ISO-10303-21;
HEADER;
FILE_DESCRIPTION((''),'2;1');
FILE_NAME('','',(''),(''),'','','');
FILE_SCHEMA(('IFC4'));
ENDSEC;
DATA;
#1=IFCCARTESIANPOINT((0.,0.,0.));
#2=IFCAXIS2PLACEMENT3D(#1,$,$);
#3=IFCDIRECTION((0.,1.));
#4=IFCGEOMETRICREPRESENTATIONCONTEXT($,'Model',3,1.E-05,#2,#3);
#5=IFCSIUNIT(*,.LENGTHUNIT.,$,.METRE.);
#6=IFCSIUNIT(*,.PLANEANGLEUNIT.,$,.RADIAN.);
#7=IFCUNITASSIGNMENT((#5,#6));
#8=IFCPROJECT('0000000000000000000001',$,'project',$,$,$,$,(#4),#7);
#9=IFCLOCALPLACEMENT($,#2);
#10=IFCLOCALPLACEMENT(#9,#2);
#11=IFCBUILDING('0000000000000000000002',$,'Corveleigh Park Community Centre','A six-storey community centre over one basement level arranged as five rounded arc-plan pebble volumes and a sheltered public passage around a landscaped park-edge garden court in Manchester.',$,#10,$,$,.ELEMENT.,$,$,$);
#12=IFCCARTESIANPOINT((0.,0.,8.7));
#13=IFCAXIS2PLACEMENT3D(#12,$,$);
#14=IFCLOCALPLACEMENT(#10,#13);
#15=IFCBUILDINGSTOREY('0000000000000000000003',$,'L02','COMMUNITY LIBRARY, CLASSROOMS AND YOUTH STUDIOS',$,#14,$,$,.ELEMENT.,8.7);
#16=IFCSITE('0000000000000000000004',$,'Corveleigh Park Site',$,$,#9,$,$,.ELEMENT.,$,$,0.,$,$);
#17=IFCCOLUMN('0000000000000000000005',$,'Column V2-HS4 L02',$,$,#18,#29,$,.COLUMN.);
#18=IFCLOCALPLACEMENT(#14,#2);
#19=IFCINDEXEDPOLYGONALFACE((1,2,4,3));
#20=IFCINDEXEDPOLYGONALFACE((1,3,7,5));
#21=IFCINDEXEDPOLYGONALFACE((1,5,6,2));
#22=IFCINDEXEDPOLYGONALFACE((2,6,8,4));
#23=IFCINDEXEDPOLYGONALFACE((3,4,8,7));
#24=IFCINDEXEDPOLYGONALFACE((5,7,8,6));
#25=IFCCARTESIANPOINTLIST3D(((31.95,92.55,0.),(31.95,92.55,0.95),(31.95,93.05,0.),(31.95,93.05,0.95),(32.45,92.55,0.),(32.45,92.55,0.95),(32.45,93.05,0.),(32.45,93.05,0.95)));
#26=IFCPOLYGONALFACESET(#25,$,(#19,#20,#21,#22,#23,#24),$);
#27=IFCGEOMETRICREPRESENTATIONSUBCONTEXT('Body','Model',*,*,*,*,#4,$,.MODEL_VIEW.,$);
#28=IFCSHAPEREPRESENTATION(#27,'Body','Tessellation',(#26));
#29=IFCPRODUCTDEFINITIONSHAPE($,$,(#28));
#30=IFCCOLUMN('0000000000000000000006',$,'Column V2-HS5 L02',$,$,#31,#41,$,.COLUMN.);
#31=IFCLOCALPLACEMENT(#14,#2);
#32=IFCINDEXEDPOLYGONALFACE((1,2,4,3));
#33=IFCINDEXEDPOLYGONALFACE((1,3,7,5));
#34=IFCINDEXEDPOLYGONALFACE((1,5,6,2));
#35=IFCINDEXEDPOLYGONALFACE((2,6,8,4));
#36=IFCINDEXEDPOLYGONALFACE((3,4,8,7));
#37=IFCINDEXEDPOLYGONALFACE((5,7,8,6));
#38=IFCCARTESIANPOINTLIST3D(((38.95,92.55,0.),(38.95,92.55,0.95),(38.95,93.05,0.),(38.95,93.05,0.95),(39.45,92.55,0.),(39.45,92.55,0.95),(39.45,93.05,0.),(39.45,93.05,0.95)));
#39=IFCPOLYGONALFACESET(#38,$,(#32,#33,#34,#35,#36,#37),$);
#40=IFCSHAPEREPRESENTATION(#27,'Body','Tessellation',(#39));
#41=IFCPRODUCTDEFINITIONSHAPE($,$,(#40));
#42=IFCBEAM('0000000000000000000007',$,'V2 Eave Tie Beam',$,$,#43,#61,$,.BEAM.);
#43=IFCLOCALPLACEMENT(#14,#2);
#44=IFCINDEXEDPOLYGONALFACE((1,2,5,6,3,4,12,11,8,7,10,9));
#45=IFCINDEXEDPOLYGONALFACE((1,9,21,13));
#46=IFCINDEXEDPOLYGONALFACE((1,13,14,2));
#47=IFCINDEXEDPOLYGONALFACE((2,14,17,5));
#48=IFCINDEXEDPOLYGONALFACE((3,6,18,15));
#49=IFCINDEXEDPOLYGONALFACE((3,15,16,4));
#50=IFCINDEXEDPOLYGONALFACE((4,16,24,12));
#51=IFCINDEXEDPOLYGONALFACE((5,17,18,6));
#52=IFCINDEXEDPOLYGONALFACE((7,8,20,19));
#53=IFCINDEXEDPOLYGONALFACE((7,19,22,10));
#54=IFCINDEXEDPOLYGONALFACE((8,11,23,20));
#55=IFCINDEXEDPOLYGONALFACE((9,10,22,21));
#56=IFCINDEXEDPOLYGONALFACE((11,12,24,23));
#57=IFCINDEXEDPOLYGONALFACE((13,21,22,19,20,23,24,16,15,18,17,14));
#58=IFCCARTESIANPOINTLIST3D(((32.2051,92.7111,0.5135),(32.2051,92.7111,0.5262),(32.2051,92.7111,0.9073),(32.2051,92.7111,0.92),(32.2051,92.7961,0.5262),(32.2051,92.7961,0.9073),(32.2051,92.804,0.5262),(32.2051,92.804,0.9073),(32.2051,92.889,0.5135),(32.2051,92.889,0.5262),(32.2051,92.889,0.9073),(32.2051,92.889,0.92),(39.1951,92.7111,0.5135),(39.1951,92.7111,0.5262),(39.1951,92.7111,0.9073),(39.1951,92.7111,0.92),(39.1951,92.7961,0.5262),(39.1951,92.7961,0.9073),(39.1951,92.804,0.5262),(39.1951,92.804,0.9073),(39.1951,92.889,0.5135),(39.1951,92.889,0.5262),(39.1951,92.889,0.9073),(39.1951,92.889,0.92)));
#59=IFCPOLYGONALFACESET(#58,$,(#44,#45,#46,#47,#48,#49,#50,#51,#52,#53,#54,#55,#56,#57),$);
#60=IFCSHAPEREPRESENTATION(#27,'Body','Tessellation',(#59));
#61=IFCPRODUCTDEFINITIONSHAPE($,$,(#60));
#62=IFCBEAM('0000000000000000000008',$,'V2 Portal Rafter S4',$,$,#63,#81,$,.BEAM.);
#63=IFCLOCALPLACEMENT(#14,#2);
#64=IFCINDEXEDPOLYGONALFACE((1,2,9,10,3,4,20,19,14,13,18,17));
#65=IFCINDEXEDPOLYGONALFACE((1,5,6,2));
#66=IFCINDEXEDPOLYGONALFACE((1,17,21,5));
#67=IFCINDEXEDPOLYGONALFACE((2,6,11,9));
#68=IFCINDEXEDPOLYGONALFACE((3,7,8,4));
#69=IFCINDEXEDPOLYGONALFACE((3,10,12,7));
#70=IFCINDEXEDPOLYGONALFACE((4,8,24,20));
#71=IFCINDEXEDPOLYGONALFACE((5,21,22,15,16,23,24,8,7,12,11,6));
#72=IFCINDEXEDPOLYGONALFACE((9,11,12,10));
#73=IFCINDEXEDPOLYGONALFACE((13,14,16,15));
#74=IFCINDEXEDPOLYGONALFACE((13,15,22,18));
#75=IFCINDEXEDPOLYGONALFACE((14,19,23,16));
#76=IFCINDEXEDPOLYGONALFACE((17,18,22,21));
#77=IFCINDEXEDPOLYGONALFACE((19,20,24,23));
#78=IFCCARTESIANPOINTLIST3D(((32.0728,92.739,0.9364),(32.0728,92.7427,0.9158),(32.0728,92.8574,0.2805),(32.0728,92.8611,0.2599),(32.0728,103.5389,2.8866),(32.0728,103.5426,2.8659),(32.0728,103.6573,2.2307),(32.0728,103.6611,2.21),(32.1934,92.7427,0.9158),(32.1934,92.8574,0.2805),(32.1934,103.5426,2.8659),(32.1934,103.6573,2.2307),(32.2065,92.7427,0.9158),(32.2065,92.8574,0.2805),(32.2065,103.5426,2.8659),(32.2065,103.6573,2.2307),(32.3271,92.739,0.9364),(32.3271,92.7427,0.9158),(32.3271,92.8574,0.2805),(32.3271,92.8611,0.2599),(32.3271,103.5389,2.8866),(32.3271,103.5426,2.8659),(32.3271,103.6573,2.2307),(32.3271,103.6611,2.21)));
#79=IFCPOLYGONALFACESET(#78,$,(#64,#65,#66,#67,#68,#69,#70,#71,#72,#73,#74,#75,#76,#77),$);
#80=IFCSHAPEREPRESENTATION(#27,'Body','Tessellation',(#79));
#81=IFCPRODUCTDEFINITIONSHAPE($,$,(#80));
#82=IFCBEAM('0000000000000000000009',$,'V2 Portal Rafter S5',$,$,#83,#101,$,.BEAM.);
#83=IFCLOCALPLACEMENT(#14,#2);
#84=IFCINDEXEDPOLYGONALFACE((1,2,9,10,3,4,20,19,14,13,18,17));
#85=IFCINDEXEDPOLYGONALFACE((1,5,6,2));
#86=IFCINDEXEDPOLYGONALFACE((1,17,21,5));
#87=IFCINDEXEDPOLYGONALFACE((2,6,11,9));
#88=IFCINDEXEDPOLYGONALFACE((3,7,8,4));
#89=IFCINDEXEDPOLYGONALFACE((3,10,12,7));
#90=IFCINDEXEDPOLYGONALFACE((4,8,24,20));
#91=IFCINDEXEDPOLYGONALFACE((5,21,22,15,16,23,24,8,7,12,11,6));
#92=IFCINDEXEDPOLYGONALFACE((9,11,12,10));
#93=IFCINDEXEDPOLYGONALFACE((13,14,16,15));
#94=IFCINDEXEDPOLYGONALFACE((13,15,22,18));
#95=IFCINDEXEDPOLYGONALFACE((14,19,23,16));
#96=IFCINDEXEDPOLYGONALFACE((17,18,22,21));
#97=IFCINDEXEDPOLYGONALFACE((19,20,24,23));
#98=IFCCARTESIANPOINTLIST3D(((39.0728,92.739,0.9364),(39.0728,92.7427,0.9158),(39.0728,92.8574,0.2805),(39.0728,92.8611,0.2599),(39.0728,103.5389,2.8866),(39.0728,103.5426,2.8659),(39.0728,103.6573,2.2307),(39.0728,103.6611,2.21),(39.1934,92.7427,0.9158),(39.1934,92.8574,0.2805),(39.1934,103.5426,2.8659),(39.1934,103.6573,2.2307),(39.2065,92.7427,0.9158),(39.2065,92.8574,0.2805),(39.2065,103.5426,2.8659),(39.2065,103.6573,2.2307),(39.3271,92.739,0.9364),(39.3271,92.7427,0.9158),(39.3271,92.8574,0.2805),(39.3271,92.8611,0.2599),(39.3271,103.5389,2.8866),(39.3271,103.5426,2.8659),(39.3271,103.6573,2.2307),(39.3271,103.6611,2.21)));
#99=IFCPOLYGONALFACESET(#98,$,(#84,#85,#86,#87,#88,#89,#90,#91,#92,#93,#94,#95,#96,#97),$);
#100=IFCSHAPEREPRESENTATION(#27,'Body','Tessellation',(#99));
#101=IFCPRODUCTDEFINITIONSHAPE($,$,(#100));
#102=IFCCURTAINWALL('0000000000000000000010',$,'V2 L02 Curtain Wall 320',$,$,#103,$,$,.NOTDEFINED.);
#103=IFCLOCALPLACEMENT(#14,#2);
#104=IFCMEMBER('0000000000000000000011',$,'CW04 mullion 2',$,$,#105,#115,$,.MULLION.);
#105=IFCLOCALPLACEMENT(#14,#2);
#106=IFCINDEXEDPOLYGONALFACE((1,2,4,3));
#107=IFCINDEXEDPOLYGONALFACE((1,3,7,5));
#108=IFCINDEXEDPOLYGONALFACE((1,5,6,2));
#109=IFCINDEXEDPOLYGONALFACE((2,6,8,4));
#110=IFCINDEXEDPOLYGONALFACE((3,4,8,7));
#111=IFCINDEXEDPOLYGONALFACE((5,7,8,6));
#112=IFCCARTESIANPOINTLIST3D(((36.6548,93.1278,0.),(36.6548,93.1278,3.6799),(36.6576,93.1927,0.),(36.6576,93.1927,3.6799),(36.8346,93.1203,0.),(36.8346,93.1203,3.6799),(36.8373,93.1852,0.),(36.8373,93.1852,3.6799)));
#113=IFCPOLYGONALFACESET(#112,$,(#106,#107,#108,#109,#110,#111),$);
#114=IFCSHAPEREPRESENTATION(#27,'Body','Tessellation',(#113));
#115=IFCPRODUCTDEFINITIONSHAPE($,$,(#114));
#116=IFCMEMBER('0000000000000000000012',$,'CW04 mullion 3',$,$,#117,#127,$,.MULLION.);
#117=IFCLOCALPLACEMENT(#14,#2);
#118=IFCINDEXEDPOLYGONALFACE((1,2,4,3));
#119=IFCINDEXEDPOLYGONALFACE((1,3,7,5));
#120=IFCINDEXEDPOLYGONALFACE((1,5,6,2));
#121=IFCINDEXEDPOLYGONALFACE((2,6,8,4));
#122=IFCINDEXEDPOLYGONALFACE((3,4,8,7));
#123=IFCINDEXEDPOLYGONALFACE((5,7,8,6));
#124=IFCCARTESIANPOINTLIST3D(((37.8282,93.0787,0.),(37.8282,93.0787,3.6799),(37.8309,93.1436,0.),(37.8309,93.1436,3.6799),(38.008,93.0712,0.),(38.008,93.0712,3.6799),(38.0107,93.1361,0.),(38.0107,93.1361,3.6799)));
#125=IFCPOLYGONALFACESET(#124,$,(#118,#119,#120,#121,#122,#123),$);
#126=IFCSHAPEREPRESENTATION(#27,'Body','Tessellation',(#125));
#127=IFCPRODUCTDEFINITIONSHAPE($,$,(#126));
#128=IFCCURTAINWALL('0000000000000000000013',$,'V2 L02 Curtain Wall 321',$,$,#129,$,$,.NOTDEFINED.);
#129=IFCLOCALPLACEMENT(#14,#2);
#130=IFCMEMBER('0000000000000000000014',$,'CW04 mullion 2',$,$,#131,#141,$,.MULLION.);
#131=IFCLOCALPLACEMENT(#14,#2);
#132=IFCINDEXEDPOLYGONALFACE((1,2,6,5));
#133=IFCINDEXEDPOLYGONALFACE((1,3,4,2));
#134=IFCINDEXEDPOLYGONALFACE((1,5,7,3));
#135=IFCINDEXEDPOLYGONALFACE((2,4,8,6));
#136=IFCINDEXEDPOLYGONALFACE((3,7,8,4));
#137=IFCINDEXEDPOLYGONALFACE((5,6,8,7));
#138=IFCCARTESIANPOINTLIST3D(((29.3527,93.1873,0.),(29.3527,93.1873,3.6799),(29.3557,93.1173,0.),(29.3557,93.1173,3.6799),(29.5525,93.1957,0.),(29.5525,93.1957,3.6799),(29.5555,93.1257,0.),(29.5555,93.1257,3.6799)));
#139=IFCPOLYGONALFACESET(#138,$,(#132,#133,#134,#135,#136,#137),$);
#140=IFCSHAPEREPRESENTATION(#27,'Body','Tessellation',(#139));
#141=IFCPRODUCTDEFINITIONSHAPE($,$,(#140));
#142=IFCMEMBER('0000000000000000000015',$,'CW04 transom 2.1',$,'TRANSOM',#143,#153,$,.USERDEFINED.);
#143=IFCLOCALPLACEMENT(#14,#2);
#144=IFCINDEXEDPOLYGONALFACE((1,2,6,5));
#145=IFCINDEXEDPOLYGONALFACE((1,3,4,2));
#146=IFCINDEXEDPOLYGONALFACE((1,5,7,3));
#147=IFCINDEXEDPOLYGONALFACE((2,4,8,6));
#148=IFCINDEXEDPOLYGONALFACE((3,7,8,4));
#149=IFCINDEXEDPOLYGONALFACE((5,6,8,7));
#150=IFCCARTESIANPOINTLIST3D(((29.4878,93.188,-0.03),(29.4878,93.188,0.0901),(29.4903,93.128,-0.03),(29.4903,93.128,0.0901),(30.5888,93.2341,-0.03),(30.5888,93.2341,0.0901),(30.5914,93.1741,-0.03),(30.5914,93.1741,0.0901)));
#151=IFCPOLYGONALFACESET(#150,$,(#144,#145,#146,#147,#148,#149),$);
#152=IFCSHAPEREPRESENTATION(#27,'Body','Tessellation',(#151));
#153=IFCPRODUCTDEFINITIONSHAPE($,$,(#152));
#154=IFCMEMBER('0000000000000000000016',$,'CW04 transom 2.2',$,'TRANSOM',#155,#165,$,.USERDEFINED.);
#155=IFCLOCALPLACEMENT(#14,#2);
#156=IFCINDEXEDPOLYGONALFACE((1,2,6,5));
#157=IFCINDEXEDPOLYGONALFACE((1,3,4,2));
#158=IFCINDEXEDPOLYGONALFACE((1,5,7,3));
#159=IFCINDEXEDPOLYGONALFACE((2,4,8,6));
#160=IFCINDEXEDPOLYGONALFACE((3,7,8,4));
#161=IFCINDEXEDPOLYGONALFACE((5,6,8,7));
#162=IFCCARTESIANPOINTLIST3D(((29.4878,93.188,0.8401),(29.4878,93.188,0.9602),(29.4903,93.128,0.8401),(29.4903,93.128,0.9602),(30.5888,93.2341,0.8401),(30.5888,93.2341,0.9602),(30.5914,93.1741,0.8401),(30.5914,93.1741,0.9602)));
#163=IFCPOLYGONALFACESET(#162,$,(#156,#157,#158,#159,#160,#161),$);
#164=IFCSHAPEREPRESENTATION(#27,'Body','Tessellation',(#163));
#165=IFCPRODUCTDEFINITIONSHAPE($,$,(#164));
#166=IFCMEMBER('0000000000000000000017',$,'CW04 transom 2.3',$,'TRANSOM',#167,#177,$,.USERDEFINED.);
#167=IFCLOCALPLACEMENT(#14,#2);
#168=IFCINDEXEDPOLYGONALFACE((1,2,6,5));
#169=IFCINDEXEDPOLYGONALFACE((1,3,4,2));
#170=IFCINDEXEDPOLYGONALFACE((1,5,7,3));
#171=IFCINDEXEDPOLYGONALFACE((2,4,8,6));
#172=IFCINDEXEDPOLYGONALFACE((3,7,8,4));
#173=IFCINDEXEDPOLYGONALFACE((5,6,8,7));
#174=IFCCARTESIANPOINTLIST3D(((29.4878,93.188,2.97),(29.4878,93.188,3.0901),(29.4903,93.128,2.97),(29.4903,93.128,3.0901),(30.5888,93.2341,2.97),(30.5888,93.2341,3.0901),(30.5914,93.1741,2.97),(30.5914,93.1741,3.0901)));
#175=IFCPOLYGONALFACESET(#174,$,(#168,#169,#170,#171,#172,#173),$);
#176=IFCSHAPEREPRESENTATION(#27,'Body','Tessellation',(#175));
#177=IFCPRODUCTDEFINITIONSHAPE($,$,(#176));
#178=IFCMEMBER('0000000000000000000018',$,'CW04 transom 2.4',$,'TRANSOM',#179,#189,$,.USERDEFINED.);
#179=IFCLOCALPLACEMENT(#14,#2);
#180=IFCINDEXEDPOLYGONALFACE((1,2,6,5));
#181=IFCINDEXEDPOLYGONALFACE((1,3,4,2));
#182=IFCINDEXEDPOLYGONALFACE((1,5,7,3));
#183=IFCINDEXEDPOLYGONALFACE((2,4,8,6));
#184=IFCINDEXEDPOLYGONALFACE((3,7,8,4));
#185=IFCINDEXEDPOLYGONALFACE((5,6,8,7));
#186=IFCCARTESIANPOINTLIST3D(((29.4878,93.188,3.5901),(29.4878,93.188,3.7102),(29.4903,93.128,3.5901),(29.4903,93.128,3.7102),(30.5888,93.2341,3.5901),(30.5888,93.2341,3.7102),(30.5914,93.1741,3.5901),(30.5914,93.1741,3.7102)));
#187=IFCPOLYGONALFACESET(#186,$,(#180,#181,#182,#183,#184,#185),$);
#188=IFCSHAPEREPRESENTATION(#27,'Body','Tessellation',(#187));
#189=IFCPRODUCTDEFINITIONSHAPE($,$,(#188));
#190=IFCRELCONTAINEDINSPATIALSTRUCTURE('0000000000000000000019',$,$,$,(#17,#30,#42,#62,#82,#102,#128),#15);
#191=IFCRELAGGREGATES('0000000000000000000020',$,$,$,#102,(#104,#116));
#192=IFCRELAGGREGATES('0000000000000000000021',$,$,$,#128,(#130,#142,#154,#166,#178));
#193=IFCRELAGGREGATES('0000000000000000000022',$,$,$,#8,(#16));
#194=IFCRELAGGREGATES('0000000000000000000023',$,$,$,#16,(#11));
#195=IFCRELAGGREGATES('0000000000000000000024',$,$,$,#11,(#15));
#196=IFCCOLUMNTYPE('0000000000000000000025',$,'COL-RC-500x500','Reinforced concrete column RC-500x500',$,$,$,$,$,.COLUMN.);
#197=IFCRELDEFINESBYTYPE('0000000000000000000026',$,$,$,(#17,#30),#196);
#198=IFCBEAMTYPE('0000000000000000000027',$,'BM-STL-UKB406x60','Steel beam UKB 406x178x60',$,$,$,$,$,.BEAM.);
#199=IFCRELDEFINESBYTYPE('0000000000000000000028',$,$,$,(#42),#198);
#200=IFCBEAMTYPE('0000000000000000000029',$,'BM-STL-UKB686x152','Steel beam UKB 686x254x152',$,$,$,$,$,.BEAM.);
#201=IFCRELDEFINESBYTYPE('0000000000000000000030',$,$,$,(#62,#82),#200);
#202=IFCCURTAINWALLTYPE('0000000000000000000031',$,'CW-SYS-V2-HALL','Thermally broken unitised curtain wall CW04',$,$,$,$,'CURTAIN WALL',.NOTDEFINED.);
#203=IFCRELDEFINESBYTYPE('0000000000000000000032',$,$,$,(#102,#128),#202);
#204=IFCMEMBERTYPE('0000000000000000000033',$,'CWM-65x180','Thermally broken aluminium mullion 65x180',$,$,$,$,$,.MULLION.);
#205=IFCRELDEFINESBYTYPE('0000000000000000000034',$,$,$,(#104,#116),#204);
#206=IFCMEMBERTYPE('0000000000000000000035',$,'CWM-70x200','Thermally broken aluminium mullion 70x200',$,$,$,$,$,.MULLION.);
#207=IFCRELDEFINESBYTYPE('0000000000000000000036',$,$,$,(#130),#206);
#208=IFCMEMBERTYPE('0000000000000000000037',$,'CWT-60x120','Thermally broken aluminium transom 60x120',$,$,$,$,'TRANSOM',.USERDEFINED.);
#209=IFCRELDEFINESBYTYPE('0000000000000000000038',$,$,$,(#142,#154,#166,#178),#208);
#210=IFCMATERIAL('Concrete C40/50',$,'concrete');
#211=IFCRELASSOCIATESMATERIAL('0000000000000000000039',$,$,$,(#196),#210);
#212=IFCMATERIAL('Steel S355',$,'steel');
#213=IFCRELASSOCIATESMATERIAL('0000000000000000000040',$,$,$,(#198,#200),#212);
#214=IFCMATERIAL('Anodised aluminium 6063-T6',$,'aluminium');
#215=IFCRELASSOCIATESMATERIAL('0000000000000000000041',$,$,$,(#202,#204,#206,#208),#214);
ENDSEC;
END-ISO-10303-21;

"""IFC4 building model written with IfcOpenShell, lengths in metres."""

from ifc_helpers import new_model, si_unit, direction, frame, origin, origin_2d, place, context, subcontext, project, spatial, rectangle, i_section, extrude, material, material_profile, profile_set, type_object, element, aggregate, save


model = new_model("IFC4")

# Units and contexts
model_context = context("Model", 3, precision=1e-05, world=origin(), true_north=direction((0.0, 1.0)))
body_context = subcontext(model_context, "Body", "Model", "MODEL_VIEW")
ifc_project = project(units=[si_unit("LENGTHUNIT", "METRE"), si_unit("PLANEANGLEUNIT", "RADIAN")], contexts=[model_context])

# Site, building, storey
site_placement = place(None, origin())
site = spatial("IfcSite", under=ifc_project, at=site_placement, Name="Corveleigh Park Site", CompositionType="ELEMENT", RefElevation=0.0)
building_placement = place(site_placement, origin())
building = spatial("IfcBuilding", under=site, at=building_placement, Name="Corveleigh Park Community Centre", Description="A six-storey community centre over one basement level arranged as five rounded arc-plan pebble volumes and a sheltered public passage around a landscaped park-edge garden court in Manchester.", CompositionType="ELEMENT")
storey_placement = place(building_placement, frame((0.0, 0.0, 8.7)))
storey = spatial("IfcBuildingStorey", under=building, at=storey_placement, Name="L02", Description="COMMUNITY LIBRARY, CLASSROOMS AND YOUTH STUDIOS", CompositionType="ELEMENT", Elevation=8.7)

# Columns
ifc_material_1 = material(Name="Concrete C40/50", Category="concrete")
ifc_material_profile_1 = material_profile(ifc_material_1, rectangle(XDim=0.5, YDim=0.5, at=origin_2d()), Name="RC-500x500", Category="concrete")
ifc_profile_set_1 = profile_set([ifc_material_profile_1], Name="Concrete C40/50")
column_type = type_object("IfcColumnType", Name="COL-RC-500x500", Description="Reinforced concrete column RC-500x500", PredefinedType="COLUMN", material=ifc_profile_set_1)
for number, where, z_axis, x_axis, name in (
    (1, (32.2, 92.8, 0.0), (0.0, 0.0, 1.0), (1.0, 0.0, 0.0), "Column V2-HS4 L02"),
    (2, (39.2, 92.8, 0.0), (0.0, 0.0, 1.0), (1.0, 0.0, 0.0), "Column V2-HS5 L02"),
):
    element("IfcColumn", number, at=place(storey_placement, frame(where, z_axis=z_axis, x_axis=x_axis)), inside=storey, type_object=column_type, Name=name, PredefinedType="COLUMN", context=body_context, shape_type="SweptSolid", body=[
        extrude(rectangle(XDim=0.5, YDim=0.5, at=origin_2d()), origin(), (0.0, 0.0, 1.0), 0.95),
    ])

# Beams
ifc_material_2 = material(Name="Steel S355", Category="steel")
ifc_material_profile_2 = material_profile(ifc_material_2, i_section(OverallWidth=0.178, OverallDepth=0.4065, WebThickness=0.0078, FlangeThickness=0.0127, at=origin_2d()), Name="UKB 406x178x60", Category="steel")
ifc_profile_set_2 = profile_set([ifc_material_profile_2], Name="Steel S355")
beam_type_1 = type_object("IfcBeamType", Name="BM-STL-UKB406x60", Description="Steel beam UKB 406x178x60", PredefinedType="BEAM", material=ifc_profile_set_2)
beam_placement = place(storey_placement, frame((32.2051, 92.8, 0.7168), z_axis=(1.0, 0.0, 0.0), x_axis=(0.0, 1.0, 0.0)))
element("IfcBeam", 3, at=beam_placement, inside=storey, type_object=beam_type_1, Name="V2 Eave Tie Beam", PredefinedType="BEAM", context=body_context, shape_type="SweptSolid", body=[
    extrude(i_section(OverallWidth=0.178, OverallDepth=0.4065, WebThickness=0.0078, FlangeThickness=0.0127, at=origin_2d()), origin(), (0.0, 0.0, 1.0), 6.99),
])
ifc_material_profile_3 = material_profile(ifc_material_2, i_section(OverallWidth=0.2544, OverallDepth=0.6875, WebThickness=0.0132, FlangeThickness=0.021, at=origin_2d()), Name="UKB 686x254x152", Category="steel")
ifc_profile_set_3 = profile_set([ifc_material_profile_3], Name="Steel S355")
beam_type_2 = type_object("IfcBeamType", Name="BM-STL-UKB686x152", Description="Steel beam UKB 686x254x152", PredefinedType="BEAM", material=ifc_profile_set_3)
for number, where, z_axis, x_axis, name in (
    (4, (32.2, 92.8, 0.5981), (0.0, 0.984085, 0.177699), (-1.0, 0.0, 0.0), "V2 Portal Rafter S4"),
    (5, (39.2, 92.8, 0.5981), (0.0, 0.984085, 0.177699), (-1.0, 0.0, 0.0), "V2 Portal Rafter S5"),
):
    element("IfcBeam", number, at=place(storey_placement, frame(where, z_axis=z_axis, x_axis=x_axis)), inside=storey, type_object=beam_type_2, Name=name, PredefinedType="BEAM", context=body_context, shape_type="SweptSolid", body=[
        extrude(i_section(OverallWidth=0.2544, OverallDepth=0.6875, WebThickness=0.0132, FlangeThickness=0.021, at=origin_2d()), origin(), (0.0, 0.0, 1.0), 10.9746),
    ])

# Curtain walls, members
ifc_material_3 = material(Name="Anodised aluminium 6063-T6", Category="aluminium")
curtain_wall_type = type_object("IfcCurtainWallType", Name="CW-SYS-V2-HALL", Description="Thermally broken unitised curtain wall CW04", ElementType="CURTAIN WALL", PredefinedType="NOTDEFINED", material=ifc_material_3)
curtain_wall_1_placement = place(storey_placement, origin())
curtain_wall_1 = element("IfcCurtainWall", 6, at=curtain_wall_1_placement, inside=storey, type_object=curtain_wall_type, Name="V2 L02 Curtain Wall 320", PredefinedType="NOTDEFINED")
ifc_material_profile_4 = material_profile(ifc_material_3, rectangle(XDim=0.0649, YDim=0.1799, at=origin_2d()), Name="ALU-M65x180", Category="aluminium")
ifc_profile_set_4 = profile_set([ifc_material_profile_4], Name="Anodised aluminium 6063-T6")
member_type_1 = type_object("IfcMemberType", Name="CWM-65x180", Description="Thermally broken aluminium mullion 65x180", PredefinedType="MULLION", material=ifc_profile_set_4)
member_1_placement = place(storey_placement, frame((36.7461, 93.1565, 0.0), z_axis=(0.0, 0.0, 1.0), x_axis=(0.041837, 0.999124, 0.0)))
member_1 = element("IfcMember", 7, at=member_1_placement, type_object=member_type_1, Name="CW04 mullion 2", PredefinedType="MULLION", context=body_context, shape_type="SweptSolid", body=[
    extrude(rectangle(XDim=0.0649, YDim=0.1799, at=origin_2d()), origin(), (0.0, 0.0, 1.0), 3.6799),
])
member_2_placement = place(storey_placement, frame((37.9194, 93.1074, 0.0), z_axis=(0.0, 0.0, 1.0), x_axis=(0.041837, 0.999124, 0.0)))
member_2 = element("IfcMember", 8, at=member_2_placement, type_object=member_type_1, Name="CW04 mullion 3", PredefinedType="MULLION", context=body_context, shape_type="SweptSolid", body=[
    extrude(rectangle(XDim=0.0649, YDim=0.1799, at=origin_2d()), origin(), (0.0, 0.0, 1.0), 3.6799),
])
curtain_wall_2_placement = place(storey_placement, origin())
curtain_wall_2 = element("IfcCurtainWall", 9, at=curtain_wall_2_placement, inside=storey, type_object=curtain_wall_type, Name="V2 L02 Curtain Wall 321", PredefinedType="NOTDEFINED")
ifc_material_profile_5 = material_profile(ifc_material_3, rectangle(XDim=0.0701, YDim=0.2, at=origin_2d()), Name="ALU-M70x200", Category="aluminium")
ifc_profile_set_5 = profile_set([ifc_material_profile_5], Name="Anodised aluminium 6063-T6")
member_type_2 = type_object("IfcMemberType", Name="CWM-70x200", Description="Thermally broken aluminium mullion 70x200", PredefinedType="MULLION", material=ifc_profile_set_5)
member_3_placement = place(storey_placement, frame((29.4541, 93.1565, 0.0), z_axis=(0.0, 0.0, 1.0), x_axis=(-0.041837, 0.999124, 0.0)))
member_3 = element("IfcMember", 10, at=member_3_placement, type_object=member_type_2, Name="CW04 mullion 2", PredefinedType="MULLION", context=body_context, shape_type="SweptSolid", body=[
    extrude(rectangle(XDim=0.0701, YDim=0.2, at=origin_2d()), origin(), (0.0, 0.0, 1.0), 3.6799),
])
ifc_material_profile_6 = material_profile(ifc_material_3, rectangle(XDim=0.0601, YDim=0.1201, at=origin_2d()), Name="ALU-T60x120", Category="aluminium")
ifc_profile_set_6 = profile_set([ifc_material_profile_6], Name="Anodised aluminium 6063-T6")
member_type_3 = type_object("IfcMemberType", Name="CWT-60x120", Description="Thermally broken aluminium transom 60x120", ElementType="TRANSOM", PredefinedType="USERDEFINED", material=ifc_profile_set_6)
member_4_placement = place(storey_placement, frame((29.489, 93.158, 0.03), z_axis=(0.999123, 0.04187, 0.0), x_axis=(-0.04187, 0.999123, 0.0)))
member_4 = element("IfcMember", 11, at=member_4_placement, type_object=member_type_3, Name="CW04 transom 2.1", ObjectType="TRANSOM", PredefinedType="USERDEFINED", context=body_context, shape_type="SweptSolid", body=[
    extrude(rectangle(XDim=0.0601, YDim=0.1201, at=origin_2d()), origin(), (0.0, 0.0, 1.0), 1.1021),
])
member_5_placement = place(storey_placement, frame((29.489, 93.158, 0.9001), z_axis=(0.999123, 0.04187, 0.0), x_axis=(-0.04187, 0.999123, 0.0)))
member_5 = element("IfcMember", 12, at=member_5_placement, type_object=member_type_3, Name="CW04 transom 2.2", ObjectType="TRANSOM", PredefinedType="USERDEFINED", context=body_context, shape_type="SweptSolid", body=[
    extrude(rectangle(XDim=0.0601, YDim=0.1201, at=origin_2d()), origin(), (0.0, 0.0, 1.0), 1.1021),
])
member_6_placement = place(storey_placement, frame((29.489, 93.158, 3.03), z_axis=(0.999123, 0.04187, 0.0), x_axis=(-0.04187, 0.999123, 0.0)))
member_6 = element("IfcMember", 13, at=member_6_placement, type_object=member_type_3, Name="CW04 transom 2.3", ObjectType="TRANSOM", PredefinedType="USERDEFINED", context=body_context, shape_type="SweptSolid", body=[
    extrude(rectangle(XDim=0.0601, YDim=0.1201, at=origin_2d()), origin(), (0.0, 0.0, 1.0), 1.1021),
])
member_7_placement = place(storey_placement, frame((29.489, 93.158, 3.6501), z_axis=(0.999123, 0.04187, 0.0), x_axis=(-0.04187, 0.999123, 0.0)))
member_7 = element("IfcMember", 14, at=member_7_placement, type_object=member_type_3, Name="CW04 transom 2.4", ObjectType="TRANSOM", PredefinedType="USERDEFINED", context=body_context, shape_type="SweptSolid", body=[
    extrude(rectangle(XDim=0.0601, YDim=0.1201, at=origin_2d()), origin(), (0.0, 0.0, 1.0), 1.1021),
])

aggregate(curtain_wall_1, [member_1, member_2])
aggregate(curtain_wall_2, [member_3, member_4, member_5, member_6, member_7])

save(model, "model.ifc")
